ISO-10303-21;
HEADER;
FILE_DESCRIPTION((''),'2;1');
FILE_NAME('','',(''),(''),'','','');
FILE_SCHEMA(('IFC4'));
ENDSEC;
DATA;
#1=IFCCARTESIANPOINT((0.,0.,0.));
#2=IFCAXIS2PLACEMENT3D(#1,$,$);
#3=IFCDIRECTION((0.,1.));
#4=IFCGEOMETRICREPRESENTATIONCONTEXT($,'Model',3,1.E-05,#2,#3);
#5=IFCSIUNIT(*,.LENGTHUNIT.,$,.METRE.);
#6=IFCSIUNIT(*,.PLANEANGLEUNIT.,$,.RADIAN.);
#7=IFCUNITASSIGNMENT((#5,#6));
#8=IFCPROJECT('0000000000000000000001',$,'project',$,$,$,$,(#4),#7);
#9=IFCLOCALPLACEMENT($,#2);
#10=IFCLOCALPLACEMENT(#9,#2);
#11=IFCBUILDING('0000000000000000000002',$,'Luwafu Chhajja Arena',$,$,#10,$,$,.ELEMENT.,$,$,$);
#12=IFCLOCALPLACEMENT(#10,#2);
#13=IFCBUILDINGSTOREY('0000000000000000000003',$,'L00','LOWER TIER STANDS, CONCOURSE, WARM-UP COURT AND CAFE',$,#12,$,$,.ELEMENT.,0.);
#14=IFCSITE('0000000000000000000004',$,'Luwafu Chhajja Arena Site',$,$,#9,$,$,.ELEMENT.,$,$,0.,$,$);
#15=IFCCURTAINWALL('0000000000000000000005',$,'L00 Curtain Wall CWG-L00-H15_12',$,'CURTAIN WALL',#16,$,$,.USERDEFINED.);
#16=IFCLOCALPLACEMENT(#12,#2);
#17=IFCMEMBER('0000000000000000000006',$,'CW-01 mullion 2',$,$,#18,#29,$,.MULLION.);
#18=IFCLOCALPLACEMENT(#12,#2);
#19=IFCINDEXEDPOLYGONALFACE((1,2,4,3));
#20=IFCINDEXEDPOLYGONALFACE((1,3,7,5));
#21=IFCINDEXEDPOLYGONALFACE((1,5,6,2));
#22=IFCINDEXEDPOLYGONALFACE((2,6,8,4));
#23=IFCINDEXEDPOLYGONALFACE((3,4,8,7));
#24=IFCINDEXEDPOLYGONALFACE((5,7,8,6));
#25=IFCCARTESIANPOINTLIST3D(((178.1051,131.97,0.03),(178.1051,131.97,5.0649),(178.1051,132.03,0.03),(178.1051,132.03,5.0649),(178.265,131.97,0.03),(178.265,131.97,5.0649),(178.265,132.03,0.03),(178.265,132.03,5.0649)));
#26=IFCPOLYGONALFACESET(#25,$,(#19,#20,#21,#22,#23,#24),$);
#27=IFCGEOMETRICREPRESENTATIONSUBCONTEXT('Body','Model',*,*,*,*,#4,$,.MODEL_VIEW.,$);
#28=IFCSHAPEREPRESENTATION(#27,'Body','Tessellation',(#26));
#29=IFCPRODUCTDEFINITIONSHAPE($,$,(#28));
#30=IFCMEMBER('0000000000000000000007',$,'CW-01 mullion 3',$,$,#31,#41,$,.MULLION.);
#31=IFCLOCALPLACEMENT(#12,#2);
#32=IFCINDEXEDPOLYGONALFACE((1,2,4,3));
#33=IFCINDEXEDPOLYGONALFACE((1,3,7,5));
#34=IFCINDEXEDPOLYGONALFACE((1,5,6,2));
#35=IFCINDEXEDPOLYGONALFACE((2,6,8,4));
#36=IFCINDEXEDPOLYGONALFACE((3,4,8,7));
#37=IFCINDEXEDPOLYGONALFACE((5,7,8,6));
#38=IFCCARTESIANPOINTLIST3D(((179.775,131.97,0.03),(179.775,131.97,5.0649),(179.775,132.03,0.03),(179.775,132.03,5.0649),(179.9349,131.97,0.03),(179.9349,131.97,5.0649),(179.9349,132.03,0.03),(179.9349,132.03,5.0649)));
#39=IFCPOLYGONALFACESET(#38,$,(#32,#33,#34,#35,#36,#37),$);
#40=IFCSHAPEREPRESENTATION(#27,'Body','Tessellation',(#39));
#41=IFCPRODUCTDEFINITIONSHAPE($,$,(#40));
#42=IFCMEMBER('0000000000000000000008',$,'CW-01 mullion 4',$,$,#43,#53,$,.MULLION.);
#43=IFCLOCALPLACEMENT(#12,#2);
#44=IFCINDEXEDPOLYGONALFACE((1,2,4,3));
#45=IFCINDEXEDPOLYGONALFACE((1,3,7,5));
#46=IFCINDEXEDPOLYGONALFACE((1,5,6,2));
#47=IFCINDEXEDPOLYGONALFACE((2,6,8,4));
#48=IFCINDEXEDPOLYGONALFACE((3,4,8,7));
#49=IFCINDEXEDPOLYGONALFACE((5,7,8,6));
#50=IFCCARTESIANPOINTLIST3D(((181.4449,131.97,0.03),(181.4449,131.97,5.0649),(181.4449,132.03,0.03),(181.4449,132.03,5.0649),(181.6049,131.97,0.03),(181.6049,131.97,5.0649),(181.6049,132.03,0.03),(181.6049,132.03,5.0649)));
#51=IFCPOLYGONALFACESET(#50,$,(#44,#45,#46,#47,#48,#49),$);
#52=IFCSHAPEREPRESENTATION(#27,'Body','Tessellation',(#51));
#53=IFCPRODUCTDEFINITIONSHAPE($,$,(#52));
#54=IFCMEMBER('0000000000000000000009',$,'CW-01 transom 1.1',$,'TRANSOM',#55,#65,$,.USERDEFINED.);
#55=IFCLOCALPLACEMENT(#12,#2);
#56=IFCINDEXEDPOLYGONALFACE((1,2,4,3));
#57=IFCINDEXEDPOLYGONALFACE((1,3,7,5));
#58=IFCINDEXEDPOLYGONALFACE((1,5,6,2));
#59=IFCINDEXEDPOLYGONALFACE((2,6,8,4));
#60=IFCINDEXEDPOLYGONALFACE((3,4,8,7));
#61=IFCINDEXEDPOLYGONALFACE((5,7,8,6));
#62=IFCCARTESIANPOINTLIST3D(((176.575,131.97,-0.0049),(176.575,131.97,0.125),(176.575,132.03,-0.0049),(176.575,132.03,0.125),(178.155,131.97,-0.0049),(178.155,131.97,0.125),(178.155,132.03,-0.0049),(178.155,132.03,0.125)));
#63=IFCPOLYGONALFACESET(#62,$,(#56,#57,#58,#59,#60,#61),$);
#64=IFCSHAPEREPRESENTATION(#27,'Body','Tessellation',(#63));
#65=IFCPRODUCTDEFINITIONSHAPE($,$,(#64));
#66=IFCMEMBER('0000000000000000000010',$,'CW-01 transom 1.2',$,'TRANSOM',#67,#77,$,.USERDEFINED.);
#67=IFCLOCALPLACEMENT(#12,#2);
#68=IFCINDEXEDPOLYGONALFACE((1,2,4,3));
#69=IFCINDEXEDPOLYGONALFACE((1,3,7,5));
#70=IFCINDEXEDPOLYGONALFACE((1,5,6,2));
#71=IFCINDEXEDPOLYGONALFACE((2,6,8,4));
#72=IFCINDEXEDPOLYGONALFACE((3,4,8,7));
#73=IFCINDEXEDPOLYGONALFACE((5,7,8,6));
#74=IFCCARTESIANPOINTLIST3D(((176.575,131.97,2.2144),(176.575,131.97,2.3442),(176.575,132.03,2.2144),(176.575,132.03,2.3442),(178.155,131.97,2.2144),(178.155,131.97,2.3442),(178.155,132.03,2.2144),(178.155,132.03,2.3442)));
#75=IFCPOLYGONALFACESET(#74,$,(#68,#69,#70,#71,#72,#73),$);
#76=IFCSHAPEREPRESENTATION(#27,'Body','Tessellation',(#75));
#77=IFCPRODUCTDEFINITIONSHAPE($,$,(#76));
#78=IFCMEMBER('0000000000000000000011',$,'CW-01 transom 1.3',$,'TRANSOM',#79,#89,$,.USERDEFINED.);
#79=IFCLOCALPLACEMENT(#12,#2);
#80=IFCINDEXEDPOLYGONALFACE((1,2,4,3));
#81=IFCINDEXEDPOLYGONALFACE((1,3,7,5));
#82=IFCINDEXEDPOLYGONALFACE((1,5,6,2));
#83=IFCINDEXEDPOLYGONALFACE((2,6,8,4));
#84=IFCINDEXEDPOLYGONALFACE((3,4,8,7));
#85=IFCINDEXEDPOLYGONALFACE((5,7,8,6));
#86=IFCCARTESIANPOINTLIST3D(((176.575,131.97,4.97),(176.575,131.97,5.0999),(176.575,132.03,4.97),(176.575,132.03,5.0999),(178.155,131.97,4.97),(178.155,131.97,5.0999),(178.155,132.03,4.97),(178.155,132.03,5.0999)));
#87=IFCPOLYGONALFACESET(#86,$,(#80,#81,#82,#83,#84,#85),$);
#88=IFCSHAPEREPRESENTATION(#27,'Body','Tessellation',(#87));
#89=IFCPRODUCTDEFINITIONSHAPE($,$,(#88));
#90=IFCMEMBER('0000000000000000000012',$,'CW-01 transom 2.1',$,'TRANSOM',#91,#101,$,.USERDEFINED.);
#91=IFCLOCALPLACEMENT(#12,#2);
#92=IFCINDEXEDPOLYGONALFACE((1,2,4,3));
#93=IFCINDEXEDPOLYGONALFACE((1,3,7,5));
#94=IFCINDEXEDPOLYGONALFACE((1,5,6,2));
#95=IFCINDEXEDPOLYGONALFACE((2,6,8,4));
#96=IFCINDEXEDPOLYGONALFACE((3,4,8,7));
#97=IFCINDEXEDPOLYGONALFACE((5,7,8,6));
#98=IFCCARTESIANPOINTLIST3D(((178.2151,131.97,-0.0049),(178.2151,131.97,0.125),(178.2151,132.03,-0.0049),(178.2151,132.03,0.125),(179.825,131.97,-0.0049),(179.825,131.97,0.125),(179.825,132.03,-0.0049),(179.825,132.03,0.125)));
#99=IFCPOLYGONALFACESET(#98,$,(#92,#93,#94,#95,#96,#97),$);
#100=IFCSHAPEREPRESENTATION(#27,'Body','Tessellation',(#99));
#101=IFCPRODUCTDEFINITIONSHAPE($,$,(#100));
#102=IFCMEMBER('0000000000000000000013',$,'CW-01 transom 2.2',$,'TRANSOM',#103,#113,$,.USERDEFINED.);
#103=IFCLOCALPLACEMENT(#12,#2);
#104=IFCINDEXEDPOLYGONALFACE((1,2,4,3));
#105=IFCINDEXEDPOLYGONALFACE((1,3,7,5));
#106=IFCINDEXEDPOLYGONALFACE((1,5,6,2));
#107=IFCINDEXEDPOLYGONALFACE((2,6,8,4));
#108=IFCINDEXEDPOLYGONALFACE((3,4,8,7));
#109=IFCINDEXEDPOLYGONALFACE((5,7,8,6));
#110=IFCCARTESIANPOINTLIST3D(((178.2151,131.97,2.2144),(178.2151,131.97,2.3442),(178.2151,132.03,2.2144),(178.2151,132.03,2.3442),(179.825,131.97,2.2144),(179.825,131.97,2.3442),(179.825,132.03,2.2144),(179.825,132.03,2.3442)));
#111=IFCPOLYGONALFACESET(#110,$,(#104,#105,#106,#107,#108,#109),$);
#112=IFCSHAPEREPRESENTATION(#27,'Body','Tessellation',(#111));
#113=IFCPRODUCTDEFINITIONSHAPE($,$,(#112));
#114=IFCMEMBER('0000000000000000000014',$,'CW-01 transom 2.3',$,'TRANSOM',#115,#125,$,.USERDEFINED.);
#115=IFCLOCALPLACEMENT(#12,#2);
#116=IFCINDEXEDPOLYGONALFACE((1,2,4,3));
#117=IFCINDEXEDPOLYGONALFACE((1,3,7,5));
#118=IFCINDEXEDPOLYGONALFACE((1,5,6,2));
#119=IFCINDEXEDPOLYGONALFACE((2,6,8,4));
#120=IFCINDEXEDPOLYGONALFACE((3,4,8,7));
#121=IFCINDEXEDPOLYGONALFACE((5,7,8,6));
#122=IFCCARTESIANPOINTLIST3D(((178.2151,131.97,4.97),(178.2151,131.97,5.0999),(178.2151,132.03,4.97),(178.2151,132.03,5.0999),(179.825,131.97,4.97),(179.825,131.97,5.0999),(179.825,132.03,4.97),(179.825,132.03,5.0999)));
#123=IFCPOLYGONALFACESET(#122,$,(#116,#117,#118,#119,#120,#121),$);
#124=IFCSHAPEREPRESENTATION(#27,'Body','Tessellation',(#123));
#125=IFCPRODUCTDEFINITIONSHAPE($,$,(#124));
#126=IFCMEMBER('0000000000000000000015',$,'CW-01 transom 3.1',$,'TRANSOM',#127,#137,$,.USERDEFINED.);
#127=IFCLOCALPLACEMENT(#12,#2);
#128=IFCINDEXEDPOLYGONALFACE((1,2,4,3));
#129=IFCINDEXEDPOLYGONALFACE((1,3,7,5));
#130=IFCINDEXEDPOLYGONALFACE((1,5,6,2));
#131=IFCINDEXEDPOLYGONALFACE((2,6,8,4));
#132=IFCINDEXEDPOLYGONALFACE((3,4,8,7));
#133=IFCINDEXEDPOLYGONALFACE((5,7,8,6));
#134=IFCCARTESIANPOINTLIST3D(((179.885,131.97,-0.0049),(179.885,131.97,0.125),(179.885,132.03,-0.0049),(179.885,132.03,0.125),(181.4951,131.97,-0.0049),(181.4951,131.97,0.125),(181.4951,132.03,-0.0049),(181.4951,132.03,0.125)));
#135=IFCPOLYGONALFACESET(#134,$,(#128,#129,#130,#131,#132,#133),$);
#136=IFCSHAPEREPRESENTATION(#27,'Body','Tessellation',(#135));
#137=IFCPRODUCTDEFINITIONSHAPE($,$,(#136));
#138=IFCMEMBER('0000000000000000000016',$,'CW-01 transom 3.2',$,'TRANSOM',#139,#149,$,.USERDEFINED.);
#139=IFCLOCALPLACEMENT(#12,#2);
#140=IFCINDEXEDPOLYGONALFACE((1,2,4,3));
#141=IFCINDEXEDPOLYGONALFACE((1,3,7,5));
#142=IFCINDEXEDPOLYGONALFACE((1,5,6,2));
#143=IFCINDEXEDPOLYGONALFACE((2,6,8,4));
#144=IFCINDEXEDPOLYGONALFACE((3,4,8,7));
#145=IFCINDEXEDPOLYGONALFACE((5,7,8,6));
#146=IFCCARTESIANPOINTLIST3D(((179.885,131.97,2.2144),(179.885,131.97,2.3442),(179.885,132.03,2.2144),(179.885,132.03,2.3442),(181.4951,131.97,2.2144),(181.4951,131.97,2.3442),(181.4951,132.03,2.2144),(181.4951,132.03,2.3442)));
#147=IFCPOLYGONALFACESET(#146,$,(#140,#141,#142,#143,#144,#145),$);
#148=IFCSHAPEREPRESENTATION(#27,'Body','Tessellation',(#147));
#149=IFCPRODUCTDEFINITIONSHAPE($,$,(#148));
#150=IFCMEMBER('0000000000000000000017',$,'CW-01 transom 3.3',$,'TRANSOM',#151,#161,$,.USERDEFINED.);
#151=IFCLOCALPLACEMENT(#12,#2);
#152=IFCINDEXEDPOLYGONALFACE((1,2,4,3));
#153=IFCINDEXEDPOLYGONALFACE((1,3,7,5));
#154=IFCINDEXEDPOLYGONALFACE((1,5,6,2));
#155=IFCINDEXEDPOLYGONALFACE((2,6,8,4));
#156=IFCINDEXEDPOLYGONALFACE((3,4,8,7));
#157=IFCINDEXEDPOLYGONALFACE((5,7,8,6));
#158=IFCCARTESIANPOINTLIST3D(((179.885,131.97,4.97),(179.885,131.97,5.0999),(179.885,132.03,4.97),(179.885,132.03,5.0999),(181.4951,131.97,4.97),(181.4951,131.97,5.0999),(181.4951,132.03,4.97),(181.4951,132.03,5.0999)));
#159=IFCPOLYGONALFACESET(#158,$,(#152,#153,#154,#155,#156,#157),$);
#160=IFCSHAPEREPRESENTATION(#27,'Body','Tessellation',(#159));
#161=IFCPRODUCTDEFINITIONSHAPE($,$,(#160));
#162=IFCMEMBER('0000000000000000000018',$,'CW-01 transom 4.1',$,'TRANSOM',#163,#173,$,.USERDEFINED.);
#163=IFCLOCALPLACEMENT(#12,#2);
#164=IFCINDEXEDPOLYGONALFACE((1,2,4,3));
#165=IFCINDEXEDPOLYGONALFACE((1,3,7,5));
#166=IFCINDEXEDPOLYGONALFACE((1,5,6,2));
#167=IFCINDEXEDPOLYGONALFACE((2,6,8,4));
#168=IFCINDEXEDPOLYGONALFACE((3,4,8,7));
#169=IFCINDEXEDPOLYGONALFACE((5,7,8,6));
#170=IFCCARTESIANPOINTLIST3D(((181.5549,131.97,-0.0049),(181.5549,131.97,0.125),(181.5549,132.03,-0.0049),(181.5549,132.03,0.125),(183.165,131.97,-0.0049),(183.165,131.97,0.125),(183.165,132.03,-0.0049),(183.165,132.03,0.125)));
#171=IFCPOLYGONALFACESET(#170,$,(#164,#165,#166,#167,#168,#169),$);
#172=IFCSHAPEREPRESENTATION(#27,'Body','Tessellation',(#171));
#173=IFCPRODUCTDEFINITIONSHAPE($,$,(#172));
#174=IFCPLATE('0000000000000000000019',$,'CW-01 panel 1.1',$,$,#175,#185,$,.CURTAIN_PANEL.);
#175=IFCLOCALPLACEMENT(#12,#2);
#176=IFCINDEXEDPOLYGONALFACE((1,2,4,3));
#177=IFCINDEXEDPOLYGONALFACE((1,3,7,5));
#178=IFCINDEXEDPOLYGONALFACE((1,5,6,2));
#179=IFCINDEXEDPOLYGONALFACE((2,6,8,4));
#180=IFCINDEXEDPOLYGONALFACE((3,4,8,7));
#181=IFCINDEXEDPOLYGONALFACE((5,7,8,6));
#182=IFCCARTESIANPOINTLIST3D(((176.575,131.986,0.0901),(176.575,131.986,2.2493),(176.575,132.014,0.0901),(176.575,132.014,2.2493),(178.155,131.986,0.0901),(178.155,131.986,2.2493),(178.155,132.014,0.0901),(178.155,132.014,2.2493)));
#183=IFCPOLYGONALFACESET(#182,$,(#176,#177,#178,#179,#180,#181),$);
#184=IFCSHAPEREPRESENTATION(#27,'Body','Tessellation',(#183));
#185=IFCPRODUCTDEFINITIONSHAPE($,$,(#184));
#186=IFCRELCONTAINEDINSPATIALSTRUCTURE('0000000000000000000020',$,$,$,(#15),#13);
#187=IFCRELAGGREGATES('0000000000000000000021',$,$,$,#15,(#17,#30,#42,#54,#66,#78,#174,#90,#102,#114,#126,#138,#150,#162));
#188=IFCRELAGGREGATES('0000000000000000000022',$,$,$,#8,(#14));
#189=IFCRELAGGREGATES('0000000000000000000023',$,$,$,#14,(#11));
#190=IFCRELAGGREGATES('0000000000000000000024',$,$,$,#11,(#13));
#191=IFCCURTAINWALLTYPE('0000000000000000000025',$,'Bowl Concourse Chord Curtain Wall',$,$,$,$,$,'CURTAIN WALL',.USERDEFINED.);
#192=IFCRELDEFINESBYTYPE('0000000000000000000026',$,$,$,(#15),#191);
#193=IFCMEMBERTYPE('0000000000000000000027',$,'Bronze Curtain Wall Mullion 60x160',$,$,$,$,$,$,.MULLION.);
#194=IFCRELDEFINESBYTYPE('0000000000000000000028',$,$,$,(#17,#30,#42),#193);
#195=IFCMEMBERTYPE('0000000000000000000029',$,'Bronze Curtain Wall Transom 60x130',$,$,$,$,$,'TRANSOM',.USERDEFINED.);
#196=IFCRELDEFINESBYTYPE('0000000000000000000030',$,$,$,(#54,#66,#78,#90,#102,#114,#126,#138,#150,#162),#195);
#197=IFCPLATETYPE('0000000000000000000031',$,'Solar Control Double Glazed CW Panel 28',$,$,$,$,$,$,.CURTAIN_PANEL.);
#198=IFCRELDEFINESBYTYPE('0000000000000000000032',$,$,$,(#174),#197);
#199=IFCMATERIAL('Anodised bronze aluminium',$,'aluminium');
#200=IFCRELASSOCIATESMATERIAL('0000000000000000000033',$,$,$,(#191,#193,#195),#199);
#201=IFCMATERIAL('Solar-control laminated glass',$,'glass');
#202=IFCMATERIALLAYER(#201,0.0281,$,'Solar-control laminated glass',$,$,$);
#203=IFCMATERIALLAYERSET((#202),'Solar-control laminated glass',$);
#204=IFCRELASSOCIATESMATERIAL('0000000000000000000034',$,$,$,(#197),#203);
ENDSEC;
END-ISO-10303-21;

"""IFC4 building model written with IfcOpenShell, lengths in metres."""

from ifc_helpers import new_model, si_unit, direction, frame, origin, origin_2d, place, context, subcontext, project, spatial, rectangle, extrude, material, layer, layer_set, material_profile, profile_set, type_object, element, aggregate, save


model = new_model("IFC4")

# Units and contexts
model_context = context("Model", 3, precision=1e-05, world=origin(), true_north=direction((0.0, 1.0)))
body_context = subcontext(model_context, "Body", "Model", "MODEL_VIEW")
ifc_project = project(units=[si_unit("LENGTHUNIT", "METRE"), si_unit("PLANEANGLEUNIT", "RADIAN")], contexts=[model_context])

# Site, building, storey
site_placement = place(None, origin())
site = spatial("IfcSite", under=ifc_project, at=site_placement, Name="Luwafu Chhajja Arena Site", CompositionType="ELEMENT", RefElevation=0.0)
building_placement = place(site_placement, origin())
building = spatial("IfcBuilding", under=site, at=building_placement, Name="Luwafu Chhajja Arena", CompositionType="ELEMENT")
storey_placement = place(building_placement, origin())
storey = spatial("IfcBuildingStorey", under=building, at=storey_placement, Name="L00", Description="LOWER TIER STANDS, CONCOURSE, WARM-UP COURT AND CAFE", CompositionType="ELEMENT", Elevation=0.0)

# Curtain wall, members, plate
ifc_material_1 = material(Name="Anodised bronze aluminium", Category="aluminium")
curtain_wall_type = type_object("IfcCurtainWallType", Name="Bowl Concourse Chord Curtain Wall", ElementType="CURTAIN WALL", PredefinedType="USERDEFINED", material=ifc_material_1)
curtain_wall_placement = place(storey_placement, origin())
curtain_wall = element("IfcCurtainWall", 1, at=curtain_wall_placement, inside=storey, type_object=curtain_wall_type, Name="L00 Curtain Wall CWG-L00-H15_12", ObjectType="CURTAIN WALL", PredefinedType="USERDEFINED")
ifc_material_profile_1 = material_profile(ifc_material_1, rectangle(XDim=0.0601, YDim=0.1599, at=origin_2d()), Name="CWM 60x160")
ifc_profile_set_1 = profile_set([ifc_material_profile_1], Name="Anodised bronze aluminium")
member_type_1 = type_object("IfcMemberType", Name="Bronze Curtain Wall Mullion 60x160", PredefinedType="MULLION", material=ifc_profile_set_1)
member_1_placement = place(storey_placement, frame((178.1851, 132.0, 0.03), z_axis=(0.0, 0.0, 1.0), x_axis=(0.0, 1.0, 0.0)))
member_1 = element("IfcMember", 2, at=member_1_placement, type_object=member_type_1, Name="CW-01 mullion 2", PredefinedType="MULLION", context=body_context, shape_type="SweptSolid", body=[
    extrude(rectangle(XDim=0.0601, YDim=0.1599, at=origin_2d()), origin(), (0.0, 0.0, 1.0), 5.0349),
])
member_2_placement = place(storey_placement, frame((179.855, 132.0, 0.03), z_axis=(0.0, 0.0, 1.0), x_axis=(0.0, 1.0, 0.0)))
member_2 = element("IfcMember", 3, at=member_2_placement, type_object=member_type_1, Name="CW-01 mullion 3", PredefinedType="MULLION", context=body_context, shape_type="SweptSolid", body=[
    extrude(rectangle(XDim=0.0601, YDim=0.1599, at=origin_2d()), origin(), (0.0, 0.0, 1.0), 5.0349),
])
member_3_placement = place(storey_placement, frame((181.5249, 132.0, 0.03), z_axis=(0.0, 0.0, 1.0), x_axis=(0.0, 1.0, 0.0)))
member_3 = element("IfcMember", 4, at=member_3_placement, type_object=member_type_1, Name="CW-01 mullion 4", PredefinedType="MULLION", context=body_context, shape_type="SweptSolid", body=[
    extrude(rectangle(XDim=0.0601, YDim=0.1599, at=origin_2d()), origin(), (0.0, 0.0, 1.0), 5.0349),
])
ifc_material_profile_2 = material_profile(ifc_material_1, rectangle(XDim=0.0601, YDim=0.1299, at=origin_2d()), Name="CWT 60x130")
ifc_profile_set_2 = profile_set([ifc_material_profile_2], Name="Anodised bronze aluminium")
member_type_2 = type_object("IfcMemberType", Name="Bronze Curtain Wall Transom 60x130", ElementType="TRANSOM", PredefinedType="USERDEFINED", material=ifc_profile_set_2)
member_4_placement = place(storey_placement, frame((176.575, 132.0, 0.0601), z_axis=(1.0, 0.0, 0.0), x_axis=(0.0, 1.0, 0.0)))
member_4 = element("IfcMember", 5, at=member_4_placement, type_object=member_type_2, Name="CW-01 transom 1.1", ObjectType="TRANSOM", PredefinedType="USERDEFINED", context=body_context, shape_type="SweptSolid", body=[
    extrude(rectangle(XDim=0.0601, YDim=0.1299, at=origin_2d()), origin(), (0.0, 0.0, 1.0), 1.5801),
])
member_5_placement = place(storey_placement, frame((176.575, 132.0, 2.2793), z_axis=(1.0, 0.0, 0.0), x_axis=(0.0, 1.0, 0.0)))
member_5 = element("IfcMember", 6, at=member_5_placement, type_object=member_type_2, Name="CW-01 transom 1.2", ObjectType="TRANSOM", PredefinedType="USERDEFINED", context=body_context, shape_type="SweptSolid", body=[
    extrude(rectangle(XDim=0.0601, YDim=0.1299, at=origin_2d()), origin(), (0.0, 0.0, 1.0), 1.5801),
])
member_6_placement = place(storey_placement, frame((176.575, 132.0, 5.0349), z_axis=(1.0, 0.0, 0.0), x_axis=(0.0, 1.0, 0.0)))
member_6 = element("IfcMember", 7, at=member_6_placement, type_object=member_type_2, Name="CW-01 transom 1.3", ObjectType="TRANSOM", PredefinedType="USERDEFINED", context=body_context, shape_type="SweptSolid", body=[
    extrude(rectangle(XDim=0.0601, YDim=0.1299, at=origin_2d()), origin(), (0.0, 0.0, 1.0), 1.5801),
])
member_7_placement = place(storey_placement, frame((178.2151, 132.0, 0.0601), z_axis=(1.0, 0.0, 0.0), x_axis=(0.0, 1.0, 0.0)))
member_7 = element("IfcMember", 8, at=member_7_placement, type_object=member_type_2, Name="CW-01 transom 2.1", ObjectType="TRANSOM", PredefinedType="USERDEFINED", context=body_context, shape_type="SweptSolid", body=[
    extrude(rectangle(XDim=0.0601, YDim=0.1299, at=origin_2d()), origin(), (0.0, 0.0, 1.0), 1.6099),
])
member_8_placement = place(storey_placement, frame((178.2151, 132.0, 2.2793), z_axis=(1.0, 0.0, 0.0), x_axis=(0.0, 1.0, 0.0)))
member_8 = element("IfcMember", 9, at=member_8_placement, type_object=member_type_2, Name="CW-01 transom 2.2", ObjectType="TRANSOM", PredefinedType="USERDEFINED", context=body_context, shape_type="SweptSolid", body=[
    extrude(rectangle(XDim=0.0601, YDim=0.1299, at=origin_2d()), origin(), (0.0, 0.0, 1.0), 1.6099),
])
member_9_placement = place(storey_placement, frame((178.2151, 132.0, 5.0349), z_axis=(1.0, 0.0, 0.0), x_axis=(0.0, 1.0, 0.0)))
member_9 = element("IfcMember", 10, at=member_9_placement, type_object=member_type_2, Name="CW-01 transom 2.3", ObjectType="TRANSOM", PredefinedType="USERDEFINED", context=body_context, shape_type="SweptSolid", body=[
    extrude(rectangle(XDim=0.0601, YDim=0.1299, at=origin_2d()), origin(), (0.0, 0.0, 1.0), 1.6099),
])
member_10_placement = place(storey_placement, frame((179.885, 132.0, 0.0601), z_axis=(1.0, 0.0, 0.0), x_axis=(0.0, 1.0, 0.0)))
member_10 = element("IfcMember", 11, at=member_10_placement, type_object=member_type_2, Name="CW-01 transom 3.1", ObjectType="TRANSOM", PredefinedType="USERDEFINED", context=body_context, shape_type="SweptSolid", body=[
    extrude(rectangle(XDim=0.0601, YDim=0.1299, at=origin_2d()), origin(), (0.0, 0.0, 1.0), 1.6101),
])
member_11_placement = place(storey_placement, frame((179.885, 132.0, 2.2793), z_axis=(1.0, 0.0, 0.0), x_axis=(0.0, 1.0, 0.0)))
member_11 = element("IfcMember", 12, at=member_11_placement, type_object=member_type_2, Name="CW-01 transom 3.2", ObjectType="TRANSOM", PredefinedType="USERDEFINED", context=body_context, shape_type="SweptSolid", body=[
    extrude(rectangle(XDim=0.0601, YDim=0.1299, at=origin_2d()), origin(), (0.0, 0.0, 1.0), 1.6101),
])
member_12_placement = place(storey_placement, frame((179.885, 132.0, 5.0349), z_axis=(1.0, 0.0, 0.0), x_axis=(0.0, 1.0, 0.0)))
member_12 = element("IfcMember", 13, at=member_12_placement, type_object=member_type_2, Name="CW-01 transom 3.3", ObjectType="TRANSOM", PredefinedType="USERDEFINED", context=body_context, shape_type="SweptSolid", body=[
    extrude(rectangle(XDim=0.0601, YDim=0.1299, at=origin_2d()), origin(), (0.0, 0.0, 1.0), 1.6101),
])
member_13_placement = place(storey_placement, frame((181.5549, 132.0, 0.0601), z_axis=(1.0, 0.0, 0.0), x_axis=(0.0, 1.0, 0.0)))
member_13 = element("IfcMember", 14, at=member_13_placement, type_object=member_type_2, Name="CW-01 transom 4.1", ObjectType="TRANSOM", PredefinedType="USERDEFINED", context=body_context, shape_type="SweptSolid", body=[
    extrude(rectangle(XDim=0.0601, YDim=0.1299, at=origin_2d()), origin(), (0.0, 0.0, 1.0), 1.6101),
])
ifc_material_2 = material(Name="Solar-control laminated glass", Category="glass")
ifc_layer_1 = layer(ifc_material_2, 0.0281, Name="Solar-control laminated glass")
ifc_layer_set_1 = layer_set([ifc_layer_1], Name="Solar-control laminated glass")
plate_type = type_object("IfcPlateType", Name="Solar Control Double Glazed CW Panel 28", PredefinedType="CURTAIN_PANEL", material=ifc_layer_set_1)
plate_1_placement = place(storey_placement, frame((177.365, 132.0, 0.0901), z_axis=(0.0, 0.0, 1.0), x_axis=(1.0, 0.0, 0.0)))
plate_1 = element("IfcPlate", 15, at=plate_1_placement, type_object=plate_type, Name="CW-01 panel 1.1", PredefinedType="CURTAIN_PANEL", context=body_context, shape_type="SweptSolid", body=[
    extrude(rectangle(XDim=1.5801, YDim=0.0281, at=origin_2d()), origin(), (0.0, 0.0, 1.0), 2.1592),
])
aggregate(curtain_wall, [member_1, member_2, member_3, member_4, member_5, member_6, plate_1, member_7, member_8, member_9, member_10, member_11, member_12, member_13])

save(model, "model.ifc")
